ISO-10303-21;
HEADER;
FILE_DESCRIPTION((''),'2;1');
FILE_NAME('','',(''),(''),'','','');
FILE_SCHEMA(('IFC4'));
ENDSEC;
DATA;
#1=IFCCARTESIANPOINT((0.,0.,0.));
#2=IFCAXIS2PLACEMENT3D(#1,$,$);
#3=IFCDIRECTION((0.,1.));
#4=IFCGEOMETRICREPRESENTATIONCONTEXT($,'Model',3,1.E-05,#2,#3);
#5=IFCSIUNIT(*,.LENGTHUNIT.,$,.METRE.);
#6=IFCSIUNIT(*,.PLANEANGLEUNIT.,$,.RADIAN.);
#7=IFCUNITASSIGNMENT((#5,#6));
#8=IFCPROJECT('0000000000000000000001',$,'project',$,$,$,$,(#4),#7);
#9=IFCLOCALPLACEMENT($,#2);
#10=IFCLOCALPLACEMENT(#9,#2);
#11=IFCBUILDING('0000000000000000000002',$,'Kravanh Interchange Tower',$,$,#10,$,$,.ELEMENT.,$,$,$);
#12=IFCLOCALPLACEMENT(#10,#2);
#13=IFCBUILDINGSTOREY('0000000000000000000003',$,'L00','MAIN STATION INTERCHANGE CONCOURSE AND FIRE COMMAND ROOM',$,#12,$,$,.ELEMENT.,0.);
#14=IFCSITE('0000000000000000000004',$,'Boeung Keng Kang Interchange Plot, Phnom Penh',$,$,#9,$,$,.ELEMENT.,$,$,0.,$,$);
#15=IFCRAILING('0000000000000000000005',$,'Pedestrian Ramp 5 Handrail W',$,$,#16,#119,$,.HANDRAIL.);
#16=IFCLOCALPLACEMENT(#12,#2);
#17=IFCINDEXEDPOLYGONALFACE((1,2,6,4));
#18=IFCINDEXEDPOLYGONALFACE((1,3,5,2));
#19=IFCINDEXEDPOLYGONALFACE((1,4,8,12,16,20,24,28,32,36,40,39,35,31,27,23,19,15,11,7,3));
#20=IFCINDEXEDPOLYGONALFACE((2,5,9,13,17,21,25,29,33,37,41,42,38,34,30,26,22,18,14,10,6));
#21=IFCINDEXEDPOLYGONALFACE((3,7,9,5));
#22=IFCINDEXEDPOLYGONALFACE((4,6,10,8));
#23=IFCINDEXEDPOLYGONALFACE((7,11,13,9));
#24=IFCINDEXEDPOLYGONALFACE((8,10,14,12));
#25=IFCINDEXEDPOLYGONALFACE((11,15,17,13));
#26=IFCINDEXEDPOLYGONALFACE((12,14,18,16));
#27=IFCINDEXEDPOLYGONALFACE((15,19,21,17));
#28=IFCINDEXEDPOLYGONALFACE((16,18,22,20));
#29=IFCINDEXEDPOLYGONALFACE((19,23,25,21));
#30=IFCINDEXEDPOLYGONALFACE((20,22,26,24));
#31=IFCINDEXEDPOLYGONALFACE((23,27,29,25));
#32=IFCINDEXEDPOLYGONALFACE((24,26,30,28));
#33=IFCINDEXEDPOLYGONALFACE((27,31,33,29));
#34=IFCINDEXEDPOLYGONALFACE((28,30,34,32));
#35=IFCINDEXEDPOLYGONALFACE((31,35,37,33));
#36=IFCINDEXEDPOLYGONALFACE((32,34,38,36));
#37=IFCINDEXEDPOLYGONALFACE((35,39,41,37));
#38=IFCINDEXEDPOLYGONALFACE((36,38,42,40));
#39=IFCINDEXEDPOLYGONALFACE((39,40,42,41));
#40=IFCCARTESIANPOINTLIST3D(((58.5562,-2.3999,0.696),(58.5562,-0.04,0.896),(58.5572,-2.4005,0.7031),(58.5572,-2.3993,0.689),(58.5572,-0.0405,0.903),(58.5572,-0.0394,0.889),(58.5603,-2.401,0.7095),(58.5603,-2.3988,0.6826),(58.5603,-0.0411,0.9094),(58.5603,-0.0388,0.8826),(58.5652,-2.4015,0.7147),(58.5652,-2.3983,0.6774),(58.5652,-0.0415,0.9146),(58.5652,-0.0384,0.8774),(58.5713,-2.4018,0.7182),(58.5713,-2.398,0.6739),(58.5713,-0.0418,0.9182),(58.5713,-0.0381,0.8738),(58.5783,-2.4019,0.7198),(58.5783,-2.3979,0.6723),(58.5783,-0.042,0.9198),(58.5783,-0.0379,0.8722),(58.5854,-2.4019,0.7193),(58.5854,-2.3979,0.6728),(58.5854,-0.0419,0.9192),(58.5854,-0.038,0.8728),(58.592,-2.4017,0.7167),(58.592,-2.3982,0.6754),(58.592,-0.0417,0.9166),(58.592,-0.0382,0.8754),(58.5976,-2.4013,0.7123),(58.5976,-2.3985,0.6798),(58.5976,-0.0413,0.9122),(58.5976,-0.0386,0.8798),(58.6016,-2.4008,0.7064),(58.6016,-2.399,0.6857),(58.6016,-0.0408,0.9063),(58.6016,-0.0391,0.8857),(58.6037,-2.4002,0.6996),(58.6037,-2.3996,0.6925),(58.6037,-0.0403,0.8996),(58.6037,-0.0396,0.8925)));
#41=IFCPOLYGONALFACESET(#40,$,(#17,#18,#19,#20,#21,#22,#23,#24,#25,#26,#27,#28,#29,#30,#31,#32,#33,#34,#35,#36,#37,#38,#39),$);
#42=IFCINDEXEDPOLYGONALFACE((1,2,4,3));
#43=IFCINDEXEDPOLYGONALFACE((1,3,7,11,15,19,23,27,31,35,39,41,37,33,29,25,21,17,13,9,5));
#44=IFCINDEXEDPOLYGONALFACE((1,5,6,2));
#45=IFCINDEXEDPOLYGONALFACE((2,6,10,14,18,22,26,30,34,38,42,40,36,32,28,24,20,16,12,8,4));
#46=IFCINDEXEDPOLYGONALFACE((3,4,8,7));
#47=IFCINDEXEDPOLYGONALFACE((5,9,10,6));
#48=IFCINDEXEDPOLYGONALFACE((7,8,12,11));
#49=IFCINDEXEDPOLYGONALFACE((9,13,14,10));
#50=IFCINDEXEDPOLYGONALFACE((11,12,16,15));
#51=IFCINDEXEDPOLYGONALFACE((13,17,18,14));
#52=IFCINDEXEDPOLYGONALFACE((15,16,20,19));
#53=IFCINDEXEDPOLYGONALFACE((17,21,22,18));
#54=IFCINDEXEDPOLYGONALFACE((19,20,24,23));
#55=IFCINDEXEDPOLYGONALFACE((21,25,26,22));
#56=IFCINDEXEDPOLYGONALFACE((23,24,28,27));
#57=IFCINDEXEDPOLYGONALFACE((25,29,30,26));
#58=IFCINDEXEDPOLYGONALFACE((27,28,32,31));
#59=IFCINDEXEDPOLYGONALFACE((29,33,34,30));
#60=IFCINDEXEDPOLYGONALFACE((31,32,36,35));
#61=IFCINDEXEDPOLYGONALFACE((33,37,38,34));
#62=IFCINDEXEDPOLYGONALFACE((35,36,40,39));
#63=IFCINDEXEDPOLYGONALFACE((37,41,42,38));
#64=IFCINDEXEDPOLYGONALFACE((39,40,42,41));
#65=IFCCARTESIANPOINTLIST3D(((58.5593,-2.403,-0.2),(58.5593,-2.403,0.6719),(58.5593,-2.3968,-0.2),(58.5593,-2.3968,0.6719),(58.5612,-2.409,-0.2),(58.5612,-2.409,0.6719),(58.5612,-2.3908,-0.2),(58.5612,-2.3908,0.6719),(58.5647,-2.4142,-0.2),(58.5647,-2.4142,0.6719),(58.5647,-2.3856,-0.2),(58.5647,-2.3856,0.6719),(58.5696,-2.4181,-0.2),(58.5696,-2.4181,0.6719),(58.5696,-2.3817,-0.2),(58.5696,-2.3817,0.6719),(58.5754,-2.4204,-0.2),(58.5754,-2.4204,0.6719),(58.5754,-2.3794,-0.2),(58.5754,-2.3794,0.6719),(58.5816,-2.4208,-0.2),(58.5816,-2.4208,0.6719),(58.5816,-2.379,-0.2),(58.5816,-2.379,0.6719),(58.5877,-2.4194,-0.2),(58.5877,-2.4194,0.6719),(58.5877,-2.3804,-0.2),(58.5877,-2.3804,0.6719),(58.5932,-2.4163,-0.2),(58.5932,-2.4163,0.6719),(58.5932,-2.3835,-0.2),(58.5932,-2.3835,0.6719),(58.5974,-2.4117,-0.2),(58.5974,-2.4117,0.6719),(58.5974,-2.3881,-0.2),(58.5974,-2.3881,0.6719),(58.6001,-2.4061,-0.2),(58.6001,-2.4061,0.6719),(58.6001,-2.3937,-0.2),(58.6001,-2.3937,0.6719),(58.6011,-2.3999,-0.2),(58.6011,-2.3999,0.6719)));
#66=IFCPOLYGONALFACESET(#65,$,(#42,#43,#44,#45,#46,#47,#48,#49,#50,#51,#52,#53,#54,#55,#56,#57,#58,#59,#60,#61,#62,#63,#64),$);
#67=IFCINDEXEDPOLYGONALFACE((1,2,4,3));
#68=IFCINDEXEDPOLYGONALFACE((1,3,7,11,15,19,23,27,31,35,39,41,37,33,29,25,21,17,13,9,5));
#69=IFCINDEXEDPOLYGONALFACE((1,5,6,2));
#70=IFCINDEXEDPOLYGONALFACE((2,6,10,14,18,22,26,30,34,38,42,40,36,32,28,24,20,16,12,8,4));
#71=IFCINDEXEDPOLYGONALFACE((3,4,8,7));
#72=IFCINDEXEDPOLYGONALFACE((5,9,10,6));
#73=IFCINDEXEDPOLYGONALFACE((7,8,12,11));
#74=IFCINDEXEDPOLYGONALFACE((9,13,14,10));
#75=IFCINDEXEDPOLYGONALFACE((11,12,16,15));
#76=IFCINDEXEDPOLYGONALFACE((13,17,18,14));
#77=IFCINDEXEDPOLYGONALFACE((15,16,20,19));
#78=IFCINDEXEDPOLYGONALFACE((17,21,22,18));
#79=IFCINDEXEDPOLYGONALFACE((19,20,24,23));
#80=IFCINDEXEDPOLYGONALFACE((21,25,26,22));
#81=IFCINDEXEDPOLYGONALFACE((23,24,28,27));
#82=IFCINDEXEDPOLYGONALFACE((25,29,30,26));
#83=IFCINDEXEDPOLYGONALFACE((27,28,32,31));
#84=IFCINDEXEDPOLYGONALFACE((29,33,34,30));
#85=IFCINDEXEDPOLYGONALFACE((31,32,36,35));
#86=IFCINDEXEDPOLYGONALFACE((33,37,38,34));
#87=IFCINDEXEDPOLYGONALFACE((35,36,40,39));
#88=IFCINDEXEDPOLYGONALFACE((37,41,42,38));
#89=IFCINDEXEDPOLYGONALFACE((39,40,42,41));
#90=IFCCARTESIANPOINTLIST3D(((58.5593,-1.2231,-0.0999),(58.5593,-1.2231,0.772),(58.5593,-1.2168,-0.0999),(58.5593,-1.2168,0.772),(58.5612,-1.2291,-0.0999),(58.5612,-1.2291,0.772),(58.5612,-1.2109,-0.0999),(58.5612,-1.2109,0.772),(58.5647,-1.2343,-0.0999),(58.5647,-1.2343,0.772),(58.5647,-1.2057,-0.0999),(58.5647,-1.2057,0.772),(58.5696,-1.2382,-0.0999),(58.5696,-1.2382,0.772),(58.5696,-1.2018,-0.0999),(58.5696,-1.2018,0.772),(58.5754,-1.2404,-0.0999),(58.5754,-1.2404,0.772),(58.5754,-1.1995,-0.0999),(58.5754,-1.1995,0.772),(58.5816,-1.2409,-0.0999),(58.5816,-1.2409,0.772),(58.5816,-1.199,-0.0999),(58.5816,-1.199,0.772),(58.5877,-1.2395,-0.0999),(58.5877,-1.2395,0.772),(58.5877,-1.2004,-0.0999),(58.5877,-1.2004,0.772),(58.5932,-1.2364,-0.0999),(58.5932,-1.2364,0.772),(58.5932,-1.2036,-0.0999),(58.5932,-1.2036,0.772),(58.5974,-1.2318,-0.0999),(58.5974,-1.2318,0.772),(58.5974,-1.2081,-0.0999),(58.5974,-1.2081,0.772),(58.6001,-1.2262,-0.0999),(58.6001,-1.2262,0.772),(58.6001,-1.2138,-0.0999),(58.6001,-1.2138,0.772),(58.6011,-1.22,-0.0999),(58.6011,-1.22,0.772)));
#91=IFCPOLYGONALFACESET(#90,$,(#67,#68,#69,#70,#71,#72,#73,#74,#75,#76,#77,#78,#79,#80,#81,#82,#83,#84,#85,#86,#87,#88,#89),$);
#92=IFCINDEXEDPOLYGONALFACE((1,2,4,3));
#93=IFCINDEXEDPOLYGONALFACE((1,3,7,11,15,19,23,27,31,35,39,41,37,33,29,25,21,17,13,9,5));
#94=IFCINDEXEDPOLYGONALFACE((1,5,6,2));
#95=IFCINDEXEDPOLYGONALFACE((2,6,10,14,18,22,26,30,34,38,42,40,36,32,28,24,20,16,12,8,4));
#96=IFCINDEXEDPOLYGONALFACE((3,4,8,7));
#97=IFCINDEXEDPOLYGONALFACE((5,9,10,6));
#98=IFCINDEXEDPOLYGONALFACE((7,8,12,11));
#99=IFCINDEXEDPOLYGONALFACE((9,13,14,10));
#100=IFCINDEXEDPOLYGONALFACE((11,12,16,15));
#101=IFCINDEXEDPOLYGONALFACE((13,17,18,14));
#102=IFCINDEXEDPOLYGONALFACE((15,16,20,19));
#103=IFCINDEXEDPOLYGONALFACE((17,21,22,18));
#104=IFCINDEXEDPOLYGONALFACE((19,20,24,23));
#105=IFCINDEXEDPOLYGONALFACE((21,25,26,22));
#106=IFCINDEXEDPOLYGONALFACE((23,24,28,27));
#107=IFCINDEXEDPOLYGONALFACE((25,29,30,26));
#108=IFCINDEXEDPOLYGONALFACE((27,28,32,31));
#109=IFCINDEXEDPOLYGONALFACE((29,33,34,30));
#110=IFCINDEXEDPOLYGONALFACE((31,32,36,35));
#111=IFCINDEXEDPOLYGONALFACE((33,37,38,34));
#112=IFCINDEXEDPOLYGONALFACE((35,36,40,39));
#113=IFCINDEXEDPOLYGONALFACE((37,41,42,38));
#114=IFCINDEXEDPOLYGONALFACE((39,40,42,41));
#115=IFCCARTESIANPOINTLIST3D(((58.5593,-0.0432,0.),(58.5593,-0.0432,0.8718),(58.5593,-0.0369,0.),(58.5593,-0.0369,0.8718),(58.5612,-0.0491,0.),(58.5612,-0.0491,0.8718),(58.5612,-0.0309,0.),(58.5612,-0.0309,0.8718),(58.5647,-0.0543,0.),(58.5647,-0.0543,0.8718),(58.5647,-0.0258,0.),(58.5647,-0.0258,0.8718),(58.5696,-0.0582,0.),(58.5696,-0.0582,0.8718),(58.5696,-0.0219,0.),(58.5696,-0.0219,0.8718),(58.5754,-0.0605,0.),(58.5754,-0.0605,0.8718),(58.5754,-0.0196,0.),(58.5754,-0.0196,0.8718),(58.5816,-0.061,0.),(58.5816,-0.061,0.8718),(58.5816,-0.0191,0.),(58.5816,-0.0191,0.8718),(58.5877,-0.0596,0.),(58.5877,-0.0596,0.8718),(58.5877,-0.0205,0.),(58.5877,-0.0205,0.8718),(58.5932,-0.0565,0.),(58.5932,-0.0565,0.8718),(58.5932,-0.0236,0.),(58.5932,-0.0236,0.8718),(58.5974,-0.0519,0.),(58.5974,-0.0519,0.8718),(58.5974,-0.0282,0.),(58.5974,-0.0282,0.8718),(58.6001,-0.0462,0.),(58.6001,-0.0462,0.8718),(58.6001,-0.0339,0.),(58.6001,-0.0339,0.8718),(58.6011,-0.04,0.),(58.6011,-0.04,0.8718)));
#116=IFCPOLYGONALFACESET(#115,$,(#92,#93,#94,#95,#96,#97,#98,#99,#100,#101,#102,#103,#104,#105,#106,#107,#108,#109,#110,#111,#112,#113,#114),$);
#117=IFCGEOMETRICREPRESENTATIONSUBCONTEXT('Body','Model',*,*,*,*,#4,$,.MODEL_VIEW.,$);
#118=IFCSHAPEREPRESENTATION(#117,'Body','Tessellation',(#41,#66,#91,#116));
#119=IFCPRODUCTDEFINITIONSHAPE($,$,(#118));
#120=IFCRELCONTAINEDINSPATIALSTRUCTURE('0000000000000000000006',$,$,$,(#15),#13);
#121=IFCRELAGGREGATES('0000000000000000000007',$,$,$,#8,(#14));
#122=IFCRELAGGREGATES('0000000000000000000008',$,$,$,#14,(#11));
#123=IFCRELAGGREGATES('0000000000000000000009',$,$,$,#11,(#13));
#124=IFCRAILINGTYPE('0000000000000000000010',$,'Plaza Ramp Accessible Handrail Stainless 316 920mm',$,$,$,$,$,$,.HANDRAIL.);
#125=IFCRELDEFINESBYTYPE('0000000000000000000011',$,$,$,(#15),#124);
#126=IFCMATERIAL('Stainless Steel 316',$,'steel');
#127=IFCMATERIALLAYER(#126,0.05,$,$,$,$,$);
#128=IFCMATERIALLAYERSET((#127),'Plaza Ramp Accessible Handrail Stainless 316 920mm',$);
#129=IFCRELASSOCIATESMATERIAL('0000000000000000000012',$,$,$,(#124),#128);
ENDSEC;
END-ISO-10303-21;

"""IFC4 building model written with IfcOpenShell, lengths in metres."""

from ifc_helpers import new_model, si_unit, direction, frame, origin, origin_2d, place, context, subcontext, project, spatial, circle, extrude, material, layer, layer_set, type_object, element, save


model = new_model("IFC4")

# Units and contexts
model_context = context("Model", 3, precision=1e-05, world=origin(), true_north=direction((0.0, 1.0)))
body_context = subcontext(model_context, "Body", "Model", "MODEL_VIEW")
ifc_project = project(units=[si_unit("LENGTHUNIT", "METRE"), si_unit("PLANEANGLEUNIT", "RADIAN")], contexts=[model_context])

# Site, building, storey
site_placement = place(None, origin())
site = spatial("IfcSite", under=ifc_project, at=site_placement, Name="Boeung Keng Kang Interchange Plot, Phnom Penh", CompositionType="ELEMENT", RefElevation=0.0)
building_placement = place(site_placement, origin())
building = spatial("IfcBuilding", under=site, at=building_placement, Name="Kravanh Interchange Tower", CompositionType="ELEMENT")
storey_placement = place(building_placement, origin())
storey = spatial("IfcBuildingStorey", under=building, at=storey_placement, Name="L00", Description="MAIN STATION INTERCHANGE CONCOURSE AND FIRE COMMAND ROOM", CompositionType="ELEMENT", Elevation=0.0)

# Railing
ifc_material_1 = material(Name="Stainless Steel 316", Category="steel")
ifc_layer_1 = layer(ifc_material_1, 0.05)
ifc_layer_set_1 = layer_set([ifc_layer_1], Name="Plaza Ramp Accessible Handrail Stainless 316 920mm")
railing_type = type_object("IfcRailingType", Name="Plaza Ramp Accessible Handrail Stainless 316 920mm", PredefinedType="HANDRAIL", material=ifc_layer_set_1)
for number, where, name in (
    (1, (58.5801, -2.3999, -0.2), "Pedestrian Ramp 5 Handrail W"),
):
    element("IfcRailing", number, at=place(storey_placement, frame(where)), inside=storey, type_object=railing_type, Name=name, PredefinedType="HANDRAIL", context=body_context, shape_type="SweptSolid", body=[
        extrude(circle(Radius=0.0239, at=origin_2d()), frame((0.0, 0.0, 0.896), z_axis=(0.0, 0.99643, 0.084427), x_axis=(-1.0, 0.0, 0.0)), (0.0, 0.0, 1.0), 2.3684),
        extrude(circle(Radius=0.021, at=origin_2d()), origin(), (0.0, 0.0, 1.0), 0.8718),
        extrude(circle(Radius=0.021, at=origin_2d()), frame((0.0, 1.1799, 0.1001)), (0.0, 0.0, 1.0), 0.8718),
        extrude(circle(Radius=0.021, at=origin_2d()), frame((0.0, 2.3599, 0.2)), (0.0, 0.0, 1.0), 0.8718),
    ])

save(model, "model.ifc")
